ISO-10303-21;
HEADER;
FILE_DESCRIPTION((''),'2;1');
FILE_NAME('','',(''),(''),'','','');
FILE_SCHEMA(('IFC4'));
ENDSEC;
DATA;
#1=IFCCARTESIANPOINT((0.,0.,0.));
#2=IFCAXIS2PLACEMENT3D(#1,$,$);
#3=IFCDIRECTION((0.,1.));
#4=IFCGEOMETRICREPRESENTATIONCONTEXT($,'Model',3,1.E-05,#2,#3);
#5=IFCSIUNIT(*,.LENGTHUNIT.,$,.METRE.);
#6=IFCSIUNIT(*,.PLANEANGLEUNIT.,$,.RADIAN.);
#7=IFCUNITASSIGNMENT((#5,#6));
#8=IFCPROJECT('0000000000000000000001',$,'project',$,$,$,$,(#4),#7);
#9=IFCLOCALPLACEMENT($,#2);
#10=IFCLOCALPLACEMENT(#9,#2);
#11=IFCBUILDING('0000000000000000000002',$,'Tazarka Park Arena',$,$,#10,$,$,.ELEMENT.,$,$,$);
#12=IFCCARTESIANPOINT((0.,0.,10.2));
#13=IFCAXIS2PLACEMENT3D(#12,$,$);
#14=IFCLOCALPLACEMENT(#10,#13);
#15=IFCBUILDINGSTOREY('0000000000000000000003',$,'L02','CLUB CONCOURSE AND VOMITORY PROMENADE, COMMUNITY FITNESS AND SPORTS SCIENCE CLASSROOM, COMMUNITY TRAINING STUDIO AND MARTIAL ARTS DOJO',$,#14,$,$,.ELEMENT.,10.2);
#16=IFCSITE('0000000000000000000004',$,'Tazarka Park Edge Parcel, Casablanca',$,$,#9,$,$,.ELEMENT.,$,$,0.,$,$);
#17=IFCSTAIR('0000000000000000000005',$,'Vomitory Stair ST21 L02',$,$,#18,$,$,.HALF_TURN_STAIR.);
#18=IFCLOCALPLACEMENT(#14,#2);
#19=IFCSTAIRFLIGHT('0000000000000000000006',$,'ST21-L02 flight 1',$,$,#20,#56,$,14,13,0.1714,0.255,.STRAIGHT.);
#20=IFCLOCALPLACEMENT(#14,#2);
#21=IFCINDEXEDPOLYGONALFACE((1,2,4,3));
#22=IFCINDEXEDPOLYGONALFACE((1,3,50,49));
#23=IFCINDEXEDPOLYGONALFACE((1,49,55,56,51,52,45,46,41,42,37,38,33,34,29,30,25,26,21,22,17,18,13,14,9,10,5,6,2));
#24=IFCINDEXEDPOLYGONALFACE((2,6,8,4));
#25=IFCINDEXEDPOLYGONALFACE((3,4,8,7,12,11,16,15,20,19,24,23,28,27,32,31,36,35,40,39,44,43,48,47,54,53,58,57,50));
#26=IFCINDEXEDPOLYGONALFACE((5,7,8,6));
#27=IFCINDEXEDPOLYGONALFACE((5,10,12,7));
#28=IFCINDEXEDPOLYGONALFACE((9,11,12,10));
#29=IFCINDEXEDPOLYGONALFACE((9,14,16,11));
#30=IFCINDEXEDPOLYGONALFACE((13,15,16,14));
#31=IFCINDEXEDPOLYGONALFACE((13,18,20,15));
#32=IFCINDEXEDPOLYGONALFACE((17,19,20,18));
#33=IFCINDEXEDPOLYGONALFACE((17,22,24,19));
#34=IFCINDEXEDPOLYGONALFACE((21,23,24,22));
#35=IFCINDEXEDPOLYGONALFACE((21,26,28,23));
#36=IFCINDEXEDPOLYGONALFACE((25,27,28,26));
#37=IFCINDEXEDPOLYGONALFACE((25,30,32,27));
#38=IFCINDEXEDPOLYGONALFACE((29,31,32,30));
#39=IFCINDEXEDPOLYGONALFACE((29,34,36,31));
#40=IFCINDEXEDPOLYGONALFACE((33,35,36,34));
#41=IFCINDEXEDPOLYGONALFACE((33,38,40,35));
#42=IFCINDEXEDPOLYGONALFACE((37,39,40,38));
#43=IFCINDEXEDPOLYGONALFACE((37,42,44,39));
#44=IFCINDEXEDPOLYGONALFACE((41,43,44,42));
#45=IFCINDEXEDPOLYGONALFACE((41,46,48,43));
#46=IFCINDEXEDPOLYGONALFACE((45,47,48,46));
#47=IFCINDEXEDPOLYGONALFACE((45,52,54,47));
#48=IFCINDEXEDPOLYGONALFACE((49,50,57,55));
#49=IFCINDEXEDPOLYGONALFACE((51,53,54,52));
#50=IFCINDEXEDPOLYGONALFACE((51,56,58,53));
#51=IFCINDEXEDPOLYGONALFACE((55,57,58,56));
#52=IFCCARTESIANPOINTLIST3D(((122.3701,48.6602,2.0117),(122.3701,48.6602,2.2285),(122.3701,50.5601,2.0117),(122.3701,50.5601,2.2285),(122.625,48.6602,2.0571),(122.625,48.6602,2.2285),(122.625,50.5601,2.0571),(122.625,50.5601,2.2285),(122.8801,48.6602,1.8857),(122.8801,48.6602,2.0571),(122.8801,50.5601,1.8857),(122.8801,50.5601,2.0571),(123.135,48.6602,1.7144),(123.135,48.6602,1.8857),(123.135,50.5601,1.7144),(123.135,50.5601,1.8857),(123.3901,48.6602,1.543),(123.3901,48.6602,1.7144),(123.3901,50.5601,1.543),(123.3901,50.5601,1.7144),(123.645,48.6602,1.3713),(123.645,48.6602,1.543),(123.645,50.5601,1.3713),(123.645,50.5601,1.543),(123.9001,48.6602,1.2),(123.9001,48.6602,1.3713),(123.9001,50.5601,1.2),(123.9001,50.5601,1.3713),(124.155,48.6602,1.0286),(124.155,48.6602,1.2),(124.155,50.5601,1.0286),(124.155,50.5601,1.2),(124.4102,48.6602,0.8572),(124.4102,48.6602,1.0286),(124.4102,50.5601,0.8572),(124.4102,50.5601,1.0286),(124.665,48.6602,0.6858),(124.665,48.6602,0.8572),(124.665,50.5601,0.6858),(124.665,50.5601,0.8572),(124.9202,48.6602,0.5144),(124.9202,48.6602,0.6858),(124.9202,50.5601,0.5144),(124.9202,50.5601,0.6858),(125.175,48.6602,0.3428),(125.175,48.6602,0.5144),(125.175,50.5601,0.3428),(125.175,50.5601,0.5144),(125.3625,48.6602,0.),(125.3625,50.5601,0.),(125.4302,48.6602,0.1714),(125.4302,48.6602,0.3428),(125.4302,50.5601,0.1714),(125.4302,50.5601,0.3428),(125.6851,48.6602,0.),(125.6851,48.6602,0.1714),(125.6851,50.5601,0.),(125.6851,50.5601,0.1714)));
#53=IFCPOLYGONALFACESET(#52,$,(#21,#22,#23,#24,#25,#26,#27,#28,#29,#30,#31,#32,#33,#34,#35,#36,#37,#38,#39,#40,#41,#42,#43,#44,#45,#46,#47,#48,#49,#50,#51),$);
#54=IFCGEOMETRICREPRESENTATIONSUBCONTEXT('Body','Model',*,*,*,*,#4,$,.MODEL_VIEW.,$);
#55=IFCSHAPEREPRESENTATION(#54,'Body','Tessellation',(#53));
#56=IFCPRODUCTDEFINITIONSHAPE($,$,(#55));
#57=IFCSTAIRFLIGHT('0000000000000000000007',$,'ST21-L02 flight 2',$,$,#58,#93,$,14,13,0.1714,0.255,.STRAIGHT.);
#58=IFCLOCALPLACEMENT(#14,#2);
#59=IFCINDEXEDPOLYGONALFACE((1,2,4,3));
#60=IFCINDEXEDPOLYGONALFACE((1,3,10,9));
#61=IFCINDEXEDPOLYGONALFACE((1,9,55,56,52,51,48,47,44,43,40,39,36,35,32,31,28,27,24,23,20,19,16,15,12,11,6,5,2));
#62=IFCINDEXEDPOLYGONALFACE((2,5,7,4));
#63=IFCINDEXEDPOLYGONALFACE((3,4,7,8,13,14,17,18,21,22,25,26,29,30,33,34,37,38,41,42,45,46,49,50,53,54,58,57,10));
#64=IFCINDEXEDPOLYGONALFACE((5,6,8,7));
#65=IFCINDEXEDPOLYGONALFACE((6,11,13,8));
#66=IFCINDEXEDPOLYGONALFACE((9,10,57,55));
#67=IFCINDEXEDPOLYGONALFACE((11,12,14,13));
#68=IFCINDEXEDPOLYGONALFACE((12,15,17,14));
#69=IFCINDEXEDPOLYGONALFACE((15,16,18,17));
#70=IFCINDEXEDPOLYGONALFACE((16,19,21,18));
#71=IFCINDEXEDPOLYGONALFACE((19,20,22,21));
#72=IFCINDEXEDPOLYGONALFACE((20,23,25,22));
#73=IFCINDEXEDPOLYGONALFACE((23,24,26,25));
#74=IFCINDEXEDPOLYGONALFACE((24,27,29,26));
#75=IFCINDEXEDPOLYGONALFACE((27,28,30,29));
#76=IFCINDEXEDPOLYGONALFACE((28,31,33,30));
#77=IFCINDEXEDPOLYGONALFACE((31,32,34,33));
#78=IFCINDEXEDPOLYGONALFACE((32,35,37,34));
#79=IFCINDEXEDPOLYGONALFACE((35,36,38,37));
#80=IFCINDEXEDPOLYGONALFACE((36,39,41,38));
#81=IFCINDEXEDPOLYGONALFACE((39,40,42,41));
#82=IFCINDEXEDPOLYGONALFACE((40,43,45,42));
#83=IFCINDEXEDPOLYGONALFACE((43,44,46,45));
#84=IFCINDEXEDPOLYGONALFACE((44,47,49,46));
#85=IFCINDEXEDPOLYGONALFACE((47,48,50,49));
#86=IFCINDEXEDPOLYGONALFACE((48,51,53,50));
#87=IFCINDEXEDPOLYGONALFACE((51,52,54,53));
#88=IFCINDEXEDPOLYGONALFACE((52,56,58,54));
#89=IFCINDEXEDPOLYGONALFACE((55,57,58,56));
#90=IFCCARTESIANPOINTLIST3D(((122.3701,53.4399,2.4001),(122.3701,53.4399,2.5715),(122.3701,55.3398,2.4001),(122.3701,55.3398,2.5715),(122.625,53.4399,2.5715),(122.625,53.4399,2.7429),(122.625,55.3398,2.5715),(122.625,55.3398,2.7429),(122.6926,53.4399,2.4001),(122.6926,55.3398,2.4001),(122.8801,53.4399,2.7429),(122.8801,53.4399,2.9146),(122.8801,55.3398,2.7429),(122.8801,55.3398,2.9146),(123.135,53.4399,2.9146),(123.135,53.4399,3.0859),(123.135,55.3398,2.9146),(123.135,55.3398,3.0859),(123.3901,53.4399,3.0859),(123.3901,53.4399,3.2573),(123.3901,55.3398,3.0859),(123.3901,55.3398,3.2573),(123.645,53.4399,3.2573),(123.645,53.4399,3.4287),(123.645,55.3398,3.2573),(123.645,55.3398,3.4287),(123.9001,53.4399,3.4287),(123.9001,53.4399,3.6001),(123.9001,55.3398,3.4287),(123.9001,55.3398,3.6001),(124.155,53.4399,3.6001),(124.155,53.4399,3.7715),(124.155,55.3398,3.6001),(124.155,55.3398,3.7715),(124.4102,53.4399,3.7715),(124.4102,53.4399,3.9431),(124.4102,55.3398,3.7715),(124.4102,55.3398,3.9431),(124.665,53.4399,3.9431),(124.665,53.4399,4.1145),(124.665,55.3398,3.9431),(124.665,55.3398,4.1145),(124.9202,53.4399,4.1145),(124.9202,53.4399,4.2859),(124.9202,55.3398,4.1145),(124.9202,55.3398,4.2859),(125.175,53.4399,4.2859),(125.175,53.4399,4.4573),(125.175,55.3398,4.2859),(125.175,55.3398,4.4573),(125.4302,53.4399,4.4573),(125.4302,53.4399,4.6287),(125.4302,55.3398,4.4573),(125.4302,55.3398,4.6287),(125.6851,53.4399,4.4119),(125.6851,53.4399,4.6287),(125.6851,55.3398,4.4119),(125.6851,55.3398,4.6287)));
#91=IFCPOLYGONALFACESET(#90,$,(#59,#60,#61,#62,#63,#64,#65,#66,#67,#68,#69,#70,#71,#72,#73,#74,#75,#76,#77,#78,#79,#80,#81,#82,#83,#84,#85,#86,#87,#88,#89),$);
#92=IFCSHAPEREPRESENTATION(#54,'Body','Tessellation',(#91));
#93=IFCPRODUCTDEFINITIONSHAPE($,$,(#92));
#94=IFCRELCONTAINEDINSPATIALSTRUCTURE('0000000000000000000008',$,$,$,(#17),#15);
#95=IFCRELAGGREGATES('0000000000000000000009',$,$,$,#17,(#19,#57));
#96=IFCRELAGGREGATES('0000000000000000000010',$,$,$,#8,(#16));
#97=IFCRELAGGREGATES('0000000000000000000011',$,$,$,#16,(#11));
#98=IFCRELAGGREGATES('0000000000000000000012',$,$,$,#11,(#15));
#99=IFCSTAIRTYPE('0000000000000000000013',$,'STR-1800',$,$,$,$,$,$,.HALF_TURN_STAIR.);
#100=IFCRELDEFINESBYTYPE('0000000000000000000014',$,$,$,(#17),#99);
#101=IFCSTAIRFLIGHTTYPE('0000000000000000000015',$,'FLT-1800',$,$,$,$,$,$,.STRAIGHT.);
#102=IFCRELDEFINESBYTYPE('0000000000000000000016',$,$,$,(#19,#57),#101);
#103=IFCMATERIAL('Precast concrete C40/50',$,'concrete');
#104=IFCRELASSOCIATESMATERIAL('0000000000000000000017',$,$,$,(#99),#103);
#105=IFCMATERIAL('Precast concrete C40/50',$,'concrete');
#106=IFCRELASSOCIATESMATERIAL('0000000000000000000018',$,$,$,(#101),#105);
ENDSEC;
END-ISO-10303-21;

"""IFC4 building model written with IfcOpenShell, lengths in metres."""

from ifc_helpers import new_model, si_unit, direction, frame, origin, place, context, subcontext, project, spatial, polyline, outline, extrude, material, type_object, element, aggregate, save


model = new_model("IFC4")

# Units and contexts
model_context = context("Model", 3, precision=1e-05, world=origin(), true_north=direction((0.0, 1.0)))
body_context = subcontext(model_context, "Body", "Model", "MODEL_VIEW")
ifc_project = project(units=[si_unit("LENGTHUNIT", "METRE"), si_unit("PLANEANGLEUNIT", "RADIAN")], contexts=[model_context])

# Site, building, storey
site_placement = place(None, origin())
site = spatial("IfcSite", under=ifc_project, at=site_placement, Name="Tazarka Park Edge Parcel, Casablanca", CompositionType="ELEMENT", RefElevation=0.0)
building_placement = place(site_placement, origin())
building = spatial("IfcBuilding", under=site, at=building_placement, Name="Tazarka Park Arena", CompositionType="ELEMENT")
storey_placement = place(building_placement, frame((0.0, 0.0, 10.2)))
storey = spatial("IfcBuildingStorey", under=building, at=storey_placement, Name="L02", Description="CLUB CONCOURSE AND VOMITORY PROMENADE, COMMUNITY FITNESS AND SPORTS SCIENCE CLASSROOM, COMMUNITY TRAINING STUDIO AND MARTIAL ARTS DOJO", CompositionType="ELEMENT", Elevation=10.2)

# Stair, stair flights
ifc_material_1 = material(Name="Precast concrete C40/50", Category="concrete")
stair_type_1 = type_object("IfcStairType", Name="STR-1800", PredefinedType="HALF_TURN_STAIR", material=ifc_material_1)
stair_1_placement = place(storey_placement, origin())
stair_1 = element("IfcStair", 1, at=stair_1_placement, inside=storey, type_object=stair_type_1, Name="Vomitory Stair ST21 L02", PredefinedType="HALF_TURN_STAIR")
ifc_material_2 = material(Name="Precast concrete C40/50", Category="concrete")
stair_flight_type_1 = type_object("IfcStairFlightType", Name="FLT-1800", PredefinedType="STRAIGHT", material=ifc_material_2)
stair_flight_1_placement = place(storey_placement, frame((125.6851, 49.6101, 0.0), z_axis=(0.0, 0.0, 1.0), x_axis=(-1.0, 0.0, 0.0)))
stair_flight_1 = element("IfcStairFlight", 2, at=stair_flight_1_placement, type_object=stair_flight_type_1, Name="ST21-L02 flight 1", NumberOfRisers=14, NumberOfTreads=13, PredefinedType="STRAIGHT", RiserHeight=0.1714, TreadLength=0.255, context=body_context, shape_type="SweptSolid", body=[
    extrude(outline(polyline([(0.0, 0.0), (0.0, 0.1714), (0.2549, 0.1714), (0.2549, 0.3428), (0.51, 0.3428), (0.51, 0.5144), (0.7649, 0.5144), (0.7649, 0.6858), (1.02, 0.6858), (1.02, 0.8572), (1.2749, 0.8572), (1.2749, 1.0286), (1.53, 1.0286), (1.53, 1.2), (1.7849, 1.2), (1.7849, 1.3713), (2.04, 1.3713), (2.04, 1.543), (2.2949, 1.543), (2.2949, 1.7144), (2.55, 1.7144), (2.55, 1.8857), (2.8049, 1.8857), (2.8049, 2.0571), (3.0601, 2.0571), (3.0601, 2.2285), (3.3149, 2.2285), (3.3149, 2.3999), (3.3149, 2.0117), (0.3225, 0.0), (0.0, 0.0)])), frame((0.0, 0.95, 0.0), z_axis=(0.0, -1.0, 0.0), x_axis=(1.0, 0.0, 0.0)), (0.0, 0.0, 1.0), 1.8999),
])
stair_flight_2_placement = place(storey_placement, frame((122.3701, 54.3899, 2.4001), z_axis=(0.0, 0.0, 1.0), x_axis=(1.0, 0.0, 0.0)))
stair_flight_2 = element("IfcStairFlight", 3, at=stair_flight_2_placement, type_object=stair_flight_type_1, Name="ST21-L02 flight 2", NumberOfRisers=14, NumberOfTreads=13, PredefinedType="STRAIGHT", RiserHeight=0.1714, TreadLength=0.255, context=body_context, shape_type="SweptSolid", body=[
    extrude(outline(polyline([(0.0, 0.0), (0.0, 0.1714), (0.2549, 0.1714), (0.2549, 0.3428), (0.51, 0.3428), (0.51, 0.5144), (0.7649, 0.5144), (0.7649, 0.6858), (1.02, 0.6858), (1.02, 0.8572), (1.2749, 0.8572), (1.2749, 1.0286), (1.53, 1.0286), (1.53, 1.2), (1.7849, 1.2), (1.7849, 1.3713), (2.04, 1.3713), (2.04, 1.543), (2.2949, 1.543), (2.2949, 1.7144), (2.55, 1.7144), (2.55, 1.8857), (2.8049, 1.8857), (2.8049, 2.0571), (3.0601, 2.0571), (3.0601, 2.2285), (3.3149, 2.2285), (3.3149, 2.3999), (3.3149, 2.0117), (0.3225, 0.0), (0.0, 0.0)])), frame((0.0, 0.95, 0.0), z_axis=(0.0, -1.0, 0.0), x_axis=(1.0, 0.0, 0.0)), (0.0, 0.0, 1.0), 1.8999),
])
aggregate(stair_1, [stair_flight_1, stair_flight_2])

save(model, "model.ifc")
